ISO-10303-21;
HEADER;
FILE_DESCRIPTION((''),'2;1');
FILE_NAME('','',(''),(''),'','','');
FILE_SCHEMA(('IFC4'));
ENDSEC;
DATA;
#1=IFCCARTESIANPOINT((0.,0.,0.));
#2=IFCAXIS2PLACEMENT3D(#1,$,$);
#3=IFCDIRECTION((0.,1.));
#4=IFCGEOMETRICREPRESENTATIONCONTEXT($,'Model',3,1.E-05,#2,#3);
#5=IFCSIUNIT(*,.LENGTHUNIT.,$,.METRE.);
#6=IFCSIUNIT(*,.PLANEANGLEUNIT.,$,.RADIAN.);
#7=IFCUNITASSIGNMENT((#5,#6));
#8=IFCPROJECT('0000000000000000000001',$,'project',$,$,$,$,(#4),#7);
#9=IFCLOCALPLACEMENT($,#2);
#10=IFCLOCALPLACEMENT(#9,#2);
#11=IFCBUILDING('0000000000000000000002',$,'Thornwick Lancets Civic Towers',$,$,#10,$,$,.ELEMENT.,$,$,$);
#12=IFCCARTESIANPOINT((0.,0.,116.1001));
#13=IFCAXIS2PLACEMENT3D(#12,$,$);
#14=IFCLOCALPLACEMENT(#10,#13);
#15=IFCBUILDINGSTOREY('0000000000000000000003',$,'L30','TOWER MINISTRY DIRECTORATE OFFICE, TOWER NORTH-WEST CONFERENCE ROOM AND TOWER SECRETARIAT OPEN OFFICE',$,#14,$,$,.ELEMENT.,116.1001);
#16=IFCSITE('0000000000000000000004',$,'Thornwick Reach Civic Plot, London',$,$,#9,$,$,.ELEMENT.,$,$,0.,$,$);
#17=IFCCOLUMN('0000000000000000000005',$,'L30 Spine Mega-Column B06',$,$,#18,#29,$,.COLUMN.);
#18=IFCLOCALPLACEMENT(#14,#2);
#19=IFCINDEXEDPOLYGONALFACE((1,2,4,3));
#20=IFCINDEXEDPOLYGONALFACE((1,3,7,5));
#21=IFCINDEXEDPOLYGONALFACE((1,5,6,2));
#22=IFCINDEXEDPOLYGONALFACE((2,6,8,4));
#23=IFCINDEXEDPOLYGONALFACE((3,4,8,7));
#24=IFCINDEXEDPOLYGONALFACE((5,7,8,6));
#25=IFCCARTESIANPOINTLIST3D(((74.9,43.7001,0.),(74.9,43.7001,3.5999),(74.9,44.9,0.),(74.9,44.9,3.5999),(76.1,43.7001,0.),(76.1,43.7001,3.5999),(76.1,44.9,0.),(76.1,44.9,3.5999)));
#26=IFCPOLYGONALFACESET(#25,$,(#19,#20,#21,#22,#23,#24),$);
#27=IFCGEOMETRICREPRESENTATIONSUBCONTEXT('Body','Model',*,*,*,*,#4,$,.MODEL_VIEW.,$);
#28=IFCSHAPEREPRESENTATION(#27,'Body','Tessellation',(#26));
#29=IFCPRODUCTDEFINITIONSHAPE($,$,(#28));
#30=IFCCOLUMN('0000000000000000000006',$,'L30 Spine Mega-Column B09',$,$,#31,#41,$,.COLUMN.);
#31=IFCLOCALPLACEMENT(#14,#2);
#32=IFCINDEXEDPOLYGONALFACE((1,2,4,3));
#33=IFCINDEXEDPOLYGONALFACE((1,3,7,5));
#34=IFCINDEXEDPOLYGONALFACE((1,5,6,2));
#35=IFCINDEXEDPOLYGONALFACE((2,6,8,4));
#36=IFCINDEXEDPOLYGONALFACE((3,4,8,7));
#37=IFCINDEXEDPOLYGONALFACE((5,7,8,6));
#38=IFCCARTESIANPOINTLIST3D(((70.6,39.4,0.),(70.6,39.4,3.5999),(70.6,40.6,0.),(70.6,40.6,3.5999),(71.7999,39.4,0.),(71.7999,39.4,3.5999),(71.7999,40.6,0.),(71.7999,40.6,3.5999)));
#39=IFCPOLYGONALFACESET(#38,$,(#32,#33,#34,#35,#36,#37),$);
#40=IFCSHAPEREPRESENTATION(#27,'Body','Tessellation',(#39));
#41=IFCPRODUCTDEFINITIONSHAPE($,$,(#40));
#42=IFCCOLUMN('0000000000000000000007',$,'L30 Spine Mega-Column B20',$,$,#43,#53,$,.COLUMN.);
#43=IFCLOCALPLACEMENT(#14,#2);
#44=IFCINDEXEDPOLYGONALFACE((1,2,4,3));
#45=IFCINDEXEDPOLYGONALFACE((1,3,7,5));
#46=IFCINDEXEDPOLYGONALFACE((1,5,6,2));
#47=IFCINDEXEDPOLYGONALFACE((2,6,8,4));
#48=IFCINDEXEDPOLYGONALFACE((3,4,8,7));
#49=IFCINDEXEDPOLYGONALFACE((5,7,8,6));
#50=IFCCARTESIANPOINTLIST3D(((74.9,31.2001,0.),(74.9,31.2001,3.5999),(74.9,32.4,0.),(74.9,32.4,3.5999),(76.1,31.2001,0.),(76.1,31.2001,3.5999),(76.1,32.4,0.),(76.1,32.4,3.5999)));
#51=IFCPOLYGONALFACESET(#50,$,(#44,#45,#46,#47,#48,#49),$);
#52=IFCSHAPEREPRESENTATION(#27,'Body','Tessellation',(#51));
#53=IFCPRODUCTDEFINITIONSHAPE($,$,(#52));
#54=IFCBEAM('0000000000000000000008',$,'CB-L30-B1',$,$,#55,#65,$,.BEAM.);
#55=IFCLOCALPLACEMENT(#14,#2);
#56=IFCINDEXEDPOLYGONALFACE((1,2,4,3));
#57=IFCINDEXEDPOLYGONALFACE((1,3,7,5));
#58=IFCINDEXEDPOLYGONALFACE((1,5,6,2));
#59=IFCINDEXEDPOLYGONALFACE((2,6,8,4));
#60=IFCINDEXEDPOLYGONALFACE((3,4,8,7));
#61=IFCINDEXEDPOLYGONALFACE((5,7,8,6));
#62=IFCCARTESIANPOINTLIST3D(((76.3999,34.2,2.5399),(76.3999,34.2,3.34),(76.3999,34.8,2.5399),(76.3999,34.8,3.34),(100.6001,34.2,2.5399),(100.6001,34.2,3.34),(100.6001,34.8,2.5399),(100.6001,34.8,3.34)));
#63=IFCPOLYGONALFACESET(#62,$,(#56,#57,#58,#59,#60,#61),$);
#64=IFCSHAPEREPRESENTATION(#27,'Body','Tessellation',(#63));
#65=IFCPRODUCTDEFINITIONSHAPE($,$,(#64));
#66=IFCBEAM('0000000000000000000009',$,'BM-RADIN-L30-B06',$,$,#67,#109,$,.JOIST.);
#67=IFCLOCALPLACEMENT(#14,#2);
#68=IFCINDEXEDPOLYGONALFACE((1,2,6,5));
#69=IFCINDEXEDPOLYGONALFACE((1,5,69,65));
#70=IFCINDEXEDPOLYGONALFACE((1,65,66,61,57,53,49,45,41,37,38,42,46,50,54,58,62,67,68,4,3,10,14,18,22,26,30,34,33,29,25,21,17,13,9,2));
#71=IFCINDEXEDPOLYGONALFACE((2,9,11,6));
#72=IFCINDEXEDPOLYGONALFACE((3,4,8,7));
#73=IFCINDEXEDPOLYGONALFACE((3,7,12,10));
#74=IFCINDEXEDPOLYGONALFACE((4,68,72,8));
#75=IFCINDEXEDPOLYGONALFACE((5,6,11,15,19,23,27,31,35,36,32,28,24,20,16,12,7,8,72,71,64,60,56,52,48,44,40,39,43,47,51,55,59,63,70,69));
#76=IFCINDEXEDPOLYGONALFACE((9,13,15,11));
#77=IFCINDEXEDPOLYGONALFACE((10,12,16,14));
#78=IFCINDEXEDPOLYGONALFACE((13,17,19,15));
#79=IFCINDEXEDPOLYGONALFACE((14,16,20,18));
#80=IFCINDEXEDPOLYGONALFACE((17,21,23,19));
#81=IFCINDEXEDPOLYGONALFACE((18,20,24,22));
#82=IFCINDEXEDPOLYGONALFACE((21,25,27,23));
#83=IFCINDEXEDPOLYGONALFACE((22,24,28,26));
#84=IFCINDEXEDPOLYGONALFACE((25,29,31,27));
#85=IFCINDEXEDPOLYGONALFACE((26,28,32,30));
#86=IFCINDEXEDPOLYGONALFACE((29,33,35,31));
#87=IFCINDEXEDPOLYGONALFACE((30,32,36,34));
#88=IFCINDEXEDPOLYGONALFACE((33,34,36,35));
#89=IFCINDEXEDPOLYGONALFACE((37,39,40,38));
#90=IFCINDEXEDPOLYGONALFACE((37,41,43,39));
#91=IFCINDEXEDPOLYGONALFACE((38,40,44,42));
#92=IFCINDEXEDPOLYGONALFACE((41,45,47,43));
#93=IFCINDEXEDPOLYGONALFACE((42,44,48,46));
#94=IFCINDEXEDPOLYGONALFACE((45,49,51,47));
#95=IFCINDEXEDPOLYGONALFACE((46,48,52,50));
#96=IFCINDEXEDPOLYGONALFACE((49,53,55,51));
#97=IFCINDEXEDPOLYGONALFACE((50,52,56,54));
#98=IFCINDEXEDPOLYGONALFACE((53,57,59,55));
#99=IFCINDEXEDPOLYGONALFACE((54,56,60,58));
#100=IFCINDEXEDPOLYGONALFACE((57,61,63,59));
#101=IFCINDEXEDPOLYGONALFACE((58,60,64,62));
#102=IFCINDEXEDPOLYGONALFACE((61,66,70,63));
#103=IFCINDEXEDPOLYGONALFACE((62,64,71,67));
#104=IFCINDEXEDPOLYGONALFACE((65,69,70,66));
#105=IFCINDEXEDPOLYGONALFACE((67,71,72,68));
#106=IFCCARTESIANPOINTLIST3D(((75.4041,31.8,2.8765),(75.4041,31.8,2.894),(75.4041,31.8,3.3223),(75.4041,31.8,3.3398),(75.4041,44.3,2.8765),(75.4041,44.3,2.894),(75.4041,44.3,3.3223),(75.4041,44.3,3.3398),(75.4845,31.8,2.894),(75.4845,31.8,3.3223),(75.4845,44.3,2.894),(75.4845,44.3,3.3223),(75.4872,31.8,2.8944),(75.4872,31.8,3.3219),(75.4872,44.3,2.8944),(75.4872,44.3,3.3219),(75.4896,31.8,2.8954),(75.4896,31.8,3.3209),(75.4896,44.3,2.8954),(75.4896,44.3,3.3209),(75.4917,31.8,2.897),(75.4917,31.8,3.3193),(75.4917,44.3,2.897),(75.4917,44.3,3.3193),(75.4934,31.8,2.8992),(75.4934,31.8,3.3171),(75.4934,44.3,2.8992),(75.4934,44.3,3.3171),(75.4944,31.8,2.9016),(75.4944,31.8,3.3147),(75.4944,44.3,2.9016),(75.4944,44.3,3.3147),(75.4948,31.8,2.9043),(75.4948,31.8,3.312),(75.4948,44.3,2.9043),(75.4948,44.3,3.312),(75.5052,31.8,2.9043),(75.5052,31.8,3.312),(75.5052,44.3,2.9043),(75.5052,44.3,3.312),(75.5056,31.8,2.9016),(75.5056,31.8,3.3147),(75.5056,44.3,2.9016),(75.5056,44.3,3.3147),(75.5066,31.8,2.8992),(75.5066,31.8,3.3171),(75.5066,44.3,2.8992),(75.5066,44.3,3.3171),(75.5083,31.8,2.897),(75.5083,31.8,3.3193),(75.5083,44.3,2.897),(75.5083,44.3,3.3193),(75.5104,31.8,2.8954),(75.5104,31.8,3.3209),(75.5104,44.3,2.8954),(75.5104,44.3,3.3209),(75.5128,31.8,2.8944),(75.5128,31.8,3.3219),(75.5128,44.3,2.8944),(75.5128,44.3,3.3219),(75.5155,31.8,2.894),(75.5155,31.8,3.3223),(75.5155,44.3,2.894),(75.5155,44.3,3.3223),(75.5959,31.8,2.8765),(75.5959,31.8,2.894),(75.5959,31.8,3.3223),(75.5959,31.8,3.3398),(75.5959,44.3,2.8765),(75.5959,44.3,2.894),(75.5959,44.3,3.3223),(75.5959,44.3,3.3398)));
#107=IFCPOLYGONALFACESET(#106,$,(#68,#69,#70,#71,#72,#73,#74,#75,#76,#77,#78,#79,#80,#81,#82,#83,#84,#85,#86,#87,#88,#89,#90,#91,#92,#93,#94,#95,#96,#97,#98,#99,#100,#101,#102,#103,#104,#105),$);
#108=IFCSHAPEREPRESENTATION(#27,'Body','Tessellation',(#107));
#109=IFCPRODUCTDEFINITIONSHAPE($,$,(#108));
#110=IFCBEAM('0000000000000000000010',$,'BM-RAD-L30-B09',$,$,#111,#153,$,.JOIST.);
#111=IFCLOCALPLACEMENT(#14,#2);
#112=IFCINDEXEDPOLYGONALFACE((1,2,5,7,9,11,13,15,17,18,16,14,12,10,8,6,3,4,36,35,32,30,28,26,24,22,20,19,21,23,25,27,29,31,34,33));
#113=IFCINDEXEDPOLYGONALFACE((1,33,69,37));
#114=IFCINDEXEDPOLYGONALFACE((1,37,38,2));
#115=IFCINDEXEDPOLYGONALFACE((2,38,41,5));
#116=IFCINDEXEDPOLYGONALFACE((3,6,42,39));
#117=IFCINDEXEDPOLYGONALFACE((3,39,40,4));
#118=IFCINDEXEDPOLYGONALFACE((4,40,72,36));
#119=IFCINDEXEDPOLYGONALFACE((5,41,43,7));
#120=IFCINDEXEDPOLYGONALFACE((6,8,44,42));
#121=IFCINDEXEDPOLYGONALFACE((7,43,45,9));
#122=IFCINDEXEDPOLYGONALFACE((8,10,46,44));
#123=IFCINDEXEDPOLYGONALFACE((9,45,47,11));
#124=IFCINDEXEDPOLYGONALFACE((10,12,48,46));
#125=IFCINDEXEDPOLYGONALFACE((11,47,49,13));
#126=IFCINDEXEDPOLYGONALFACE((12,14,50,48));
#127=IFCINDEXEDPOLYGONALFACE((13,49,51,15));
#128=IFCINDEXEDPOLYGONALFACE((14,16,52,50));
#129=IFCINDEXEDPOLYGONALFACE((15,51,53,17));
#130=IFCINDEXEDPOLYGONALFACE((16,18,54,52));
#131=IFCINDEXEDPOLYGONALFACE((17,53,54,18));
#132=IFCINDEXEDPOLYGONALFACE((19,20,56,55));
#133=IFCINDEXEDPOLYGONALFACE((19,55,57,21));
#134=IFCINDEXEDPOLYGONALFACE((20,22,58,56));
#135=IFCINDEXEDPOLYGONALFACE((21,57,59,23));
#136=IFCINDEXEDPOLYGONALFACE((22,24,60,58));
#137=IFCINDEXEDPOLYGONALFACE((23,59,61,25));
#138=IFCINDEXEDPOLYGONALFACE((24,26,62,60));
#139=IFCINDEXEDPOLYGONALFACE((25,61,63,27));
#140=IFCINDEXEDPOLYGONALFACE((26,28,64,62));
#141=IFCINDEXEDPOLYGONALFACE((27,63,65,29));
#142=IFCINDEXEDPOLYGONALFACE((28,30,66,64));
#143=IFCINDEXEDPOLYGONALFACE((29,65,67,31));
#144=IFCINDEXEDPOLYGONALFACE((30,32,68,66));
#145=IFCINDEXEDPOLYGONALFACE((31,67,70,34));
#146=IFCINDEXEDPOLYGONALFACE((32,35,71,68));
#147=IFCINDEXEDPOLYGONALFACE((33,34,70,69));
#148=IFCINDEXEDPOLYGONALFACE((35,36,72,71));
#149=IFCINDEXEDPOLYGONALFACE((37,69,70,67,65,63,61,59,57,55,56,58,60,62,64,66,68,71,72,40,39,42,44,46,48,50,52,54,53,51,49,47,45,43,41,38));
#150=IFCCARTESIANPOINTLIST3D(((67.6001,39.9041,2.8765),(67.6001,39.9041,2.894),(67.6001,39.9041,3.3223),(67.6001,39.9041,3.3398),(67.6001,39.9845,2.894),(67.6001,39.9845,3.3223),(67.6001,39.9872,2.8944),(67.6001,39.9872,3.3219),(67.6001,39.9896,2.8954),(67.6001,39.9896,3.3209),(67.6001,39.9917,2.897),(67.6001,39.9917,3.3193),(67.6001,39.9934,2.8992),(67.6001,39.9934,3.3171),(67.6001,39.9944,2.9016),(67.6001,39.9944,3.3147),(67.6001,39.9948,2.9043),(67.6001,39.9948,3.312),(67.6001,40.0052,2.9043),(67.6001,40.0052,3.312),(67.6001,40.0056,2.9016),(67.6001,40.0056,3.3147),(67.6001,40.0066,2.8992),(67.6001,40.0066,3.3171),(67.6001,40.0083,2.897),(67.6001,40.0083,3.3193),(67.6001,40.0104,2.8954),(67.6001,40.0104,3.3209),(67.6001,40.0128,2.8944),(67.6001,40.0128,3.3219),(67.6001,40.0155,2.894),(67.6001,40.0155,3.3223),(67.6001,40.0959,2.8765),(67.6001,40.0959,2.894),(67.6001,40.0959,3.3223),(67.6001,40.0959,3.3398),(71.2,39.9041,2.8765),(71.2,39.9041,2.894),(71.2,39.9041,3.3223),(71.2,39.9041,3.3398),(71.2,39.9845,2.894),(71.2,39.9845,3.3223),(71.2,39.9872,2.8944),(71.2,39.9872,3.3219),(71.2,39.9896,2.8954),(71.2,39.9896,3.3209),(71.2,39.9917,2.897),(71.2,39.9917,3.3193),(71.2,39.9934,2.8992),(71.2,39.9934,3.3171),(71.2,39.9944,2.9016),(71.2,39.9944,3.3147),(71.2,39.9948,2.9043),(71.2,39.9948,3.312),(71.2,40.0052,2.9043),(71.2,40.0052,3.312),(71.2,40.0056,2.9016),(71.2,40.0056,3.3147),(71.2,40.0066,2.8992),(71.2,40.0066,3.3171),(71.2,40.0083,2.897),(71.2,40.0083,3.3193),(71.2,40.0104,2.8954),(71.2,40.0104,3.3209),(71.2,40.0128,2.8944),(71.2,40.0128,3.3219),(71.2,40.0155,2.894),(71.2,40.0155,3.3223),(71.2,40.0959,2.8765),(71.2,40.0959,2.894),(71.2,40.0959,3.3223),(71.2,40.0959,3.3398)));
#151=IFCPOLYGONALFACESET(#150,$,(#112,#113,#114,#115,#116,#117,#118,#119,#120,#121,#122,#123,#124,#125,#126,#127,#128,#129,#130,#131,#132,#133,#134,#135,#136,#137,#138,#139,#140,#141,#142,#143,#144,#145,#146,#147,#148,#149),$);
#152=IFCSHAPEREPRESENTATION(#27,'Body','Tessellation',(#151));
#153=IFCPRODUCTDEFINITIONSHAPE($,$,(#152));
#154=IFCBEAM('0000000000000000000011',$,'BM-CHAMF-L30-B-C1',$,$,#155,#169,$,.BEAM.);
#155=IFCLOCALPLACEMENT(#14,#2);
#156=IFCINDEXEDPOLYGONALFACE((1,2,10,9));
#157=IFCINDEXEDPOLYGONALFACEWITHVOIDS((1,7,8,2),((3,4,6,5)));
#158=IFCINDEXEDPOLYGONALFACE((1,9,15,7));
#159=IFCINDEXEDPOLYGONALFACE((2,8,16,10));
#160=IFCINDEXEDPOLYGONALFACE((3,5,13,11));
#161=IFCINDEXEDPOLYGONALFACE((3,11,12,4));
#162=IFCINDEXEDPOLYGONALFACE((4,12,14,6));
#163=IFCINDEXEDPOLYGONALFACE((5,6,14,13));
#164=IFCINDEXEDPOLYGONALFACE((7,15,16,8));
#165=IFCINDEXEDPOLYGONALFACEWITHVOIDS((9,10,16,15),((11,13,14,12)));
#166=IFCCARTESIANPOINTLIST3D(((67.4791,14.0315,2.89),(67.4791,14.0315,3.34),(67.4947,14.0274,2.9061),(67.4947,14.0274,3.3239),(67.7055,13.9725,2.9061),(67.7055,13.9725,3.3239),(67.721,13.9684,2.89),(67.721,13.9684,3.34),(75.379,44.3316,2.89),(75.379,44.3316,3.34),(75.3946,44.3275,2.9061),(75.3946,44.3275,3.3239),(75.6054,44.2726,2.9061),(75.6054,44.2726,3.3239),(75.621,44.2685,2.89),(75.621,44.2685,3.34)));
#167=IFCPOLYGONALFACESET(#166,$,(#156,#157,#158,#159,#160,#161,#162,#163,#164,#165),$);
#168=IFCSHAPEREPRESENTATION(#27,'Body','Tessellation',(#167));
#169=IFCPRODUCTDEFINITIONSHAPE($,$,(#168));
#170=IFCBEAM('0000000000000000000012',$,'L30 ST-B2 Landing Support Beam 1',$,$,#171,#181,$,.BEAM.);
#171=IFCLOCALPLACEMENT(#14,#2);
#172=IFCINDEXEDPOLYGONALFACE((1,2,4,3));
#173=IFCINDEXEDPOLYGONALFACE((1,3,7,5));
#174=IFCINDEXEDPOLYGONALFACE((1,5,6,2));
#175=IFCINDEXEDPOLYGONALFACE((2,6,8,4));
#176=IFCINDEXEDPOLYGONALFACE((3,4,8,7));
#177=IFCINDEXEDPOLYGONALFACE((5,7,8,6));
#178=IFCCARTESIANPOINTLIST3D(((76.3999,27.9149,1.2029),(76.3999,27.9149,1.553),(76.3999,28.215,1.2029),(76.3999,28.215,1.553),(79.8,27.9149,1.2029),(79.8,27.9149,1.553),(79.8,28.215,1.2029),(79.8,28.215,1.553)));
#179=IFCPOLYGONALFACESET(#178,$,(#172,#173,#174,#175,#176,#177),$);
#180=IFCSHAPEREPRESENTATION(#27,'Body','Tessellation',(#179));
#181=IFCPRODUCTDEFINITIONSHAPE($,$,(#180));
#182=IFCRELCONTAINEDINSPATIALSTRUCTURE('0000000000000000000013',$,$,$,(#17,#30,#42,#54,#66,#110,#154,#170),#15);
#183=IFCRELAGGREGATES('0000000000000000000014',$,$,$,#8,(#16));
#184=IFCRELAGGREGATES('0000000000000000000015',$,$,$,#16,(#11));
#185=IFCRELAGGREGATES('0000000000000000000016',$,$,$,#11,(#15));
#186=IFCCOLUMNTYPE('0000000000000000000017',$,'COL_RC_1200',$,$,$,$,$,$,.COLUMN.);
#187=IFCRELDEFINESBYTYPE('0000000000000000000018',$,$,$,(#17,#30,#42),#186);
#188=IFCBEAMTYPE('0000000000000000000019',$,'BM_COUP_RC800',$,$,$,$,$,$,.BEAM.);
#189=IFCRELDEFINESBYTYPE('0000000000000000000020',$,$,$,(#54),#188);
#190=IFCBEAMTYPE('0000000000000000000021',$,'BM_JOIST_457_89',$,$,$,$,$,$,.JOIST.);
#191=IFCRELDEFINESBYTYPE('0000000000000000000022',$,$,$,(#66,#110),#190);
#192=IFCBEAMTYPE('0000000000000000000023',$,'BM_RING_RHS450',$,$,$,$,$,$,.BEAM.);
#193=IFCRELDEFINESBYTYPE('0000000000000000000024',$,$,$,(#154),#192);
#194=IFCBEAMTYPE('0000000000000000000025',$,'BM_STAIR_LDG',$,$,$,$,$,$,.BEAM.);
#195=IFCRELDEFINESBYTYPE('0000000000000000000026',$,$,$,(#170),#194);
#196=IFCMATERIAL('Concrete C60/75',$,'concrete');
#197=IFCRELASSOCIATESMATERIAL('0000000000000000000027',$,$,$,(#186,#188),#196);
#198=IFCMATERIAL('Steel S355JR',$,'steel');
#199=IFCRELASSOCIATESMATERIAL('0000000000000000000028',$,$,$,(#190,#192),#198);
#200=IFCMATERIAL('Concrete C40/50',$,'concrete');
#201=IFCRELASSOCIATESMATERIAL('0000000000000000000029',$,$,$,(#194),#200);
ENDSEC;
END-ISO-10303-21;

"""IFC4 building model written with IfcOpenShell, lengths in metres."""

from ifc_helpers import new_model, si_unit, direction, frame, origin, origin_2d, place, context, subcontext, project, spatial, rectangle, hollow_rectangle, i_section, extrude, material, material_profile, profile_set, type_object, element, save


model = new_model("IFC4")

# Units and contexts
model_context = context("Model", 3, precision=1e-05, world=origin(), true_north=direction((0.0, 1.0)))
body_context = subcontext(model_context, "Body", "Model", "MODEL_VIEW")
ifc_project = project(units=[si_unit("LENGTHUNIT", "METRE"), si_unit("PLANEANGLEUNIT", "RADIAN")], contexts=[model_context])

# Site, building, storey
site_placement = place(None, origin())
site = spatial("IfcSite", under=ifc_project, at=site_placement, Name="Thornwick Reach Civic Plot, London", CompositionType="ELEMENT", RefElevation=0.0)
building_placement = place(site_placement, origin())
building = spatial("IfcBuilding", under=site, at=building_placement, Name="Thornwick Lancets Civic Towers", CompositionType="ELEMENT")
storey_placement = place(building_placement, frame((0.0, 0.0, 116.1001)))
storey = spatial("IfcBuildingStorey", under=building, at=storey_placement, Name="L30", Description="TOWER MINISTRY DIRECTORATE OFFICE, TOWER NORTH-WEST CONFERENCE ROOM AND TOWER SECRETARIAT OPEN OFFICE", CompositionType="ELEMENT", Elevation=116.1001)

# Columns
ifc_material_1 = material(Name="Concrete C60/75", Category="concrete")
ifc_material_profile_1 = material_profile(ifc_material_1, rectangle(XDim=1.2, YDim=1.2, at=origin_2d()), Name="RC 1200x1200")
ifc_profile_set_1 = profile_set([ifc_material_profile_1], Name="Concrete C60/75")
column_type = type_object("IfcColumnType", Name="COL_RC_1200", PredefinedType="COLUMN", material=ifc_profile_set_1)
for number, where, z_axis, x_axis, name in (
    (1, (75.5, 44.3, 0.0), (0.0, 0.0, 1.0), (1.0, 0.0, 0.0), "L30 Spine Mega-Column B06"),
    (2, (71.2, 40.0, 0.0), (0.0, 0.0, 1.0), (1.0, 0.0, 0.0), "L30 Spine Mega-Column B09"),
    (3, (75.5, 31.8, 0.0), (0.0, 0.0, 1.0), (1.0, 0.0, 0.0), "L30 Spine Mega-Column B20"),
):
    element("IfcColumn", number, at=place(storey_placement, frame(where, z_axis=z_axis, x_axis=x_axis)), inside=storey, type_object=column_type, Name=name, PredefinedType="COLUMN", context=body_context, shape_type="SweptSolid", body=[
        extrude(rectangle(XDim=1.2, YDim=1.2, at=origin_2d()), origin(), (0.0, 0.0, 1.0), 3.5999),
    ])

# Beams
ifc_material_profile_2 = material_profile(ifc_material_1, rectangle(XDim=0.6001, YDim=0.8, at=origin_2d()), Name="RC 600x800")
ifc_profile_set_2 = profile_set([ifc_material_profile_2], Name="Concrete C60/75")
beam_type_1 = type_object("IfcBeamType", Name="BM_COUP_RC800", PredefinedType="BEAM", material=ifc_profile_set_2)
beam_1_placement = place(storey_placement, frame((76.3999, 34.5, 2.9399), z_axis=(1.0, 0.0, 0.0), x_axis=(0.0, 1.0, 0.0)))
element("IfcBeam", 4, at=beam_1_placement, inside=storey, type_object=beam_type_1, Name="CB-L30-B1", PredefinedType="BEAM", context=body_context, shape_type="SweptSolid", body=[
    extrude(rectangle(XDim=0.6001, YDim=0.8, at=origin_2d()), origin(), (0.0, 0.0, 1.0), 24.2002),
])
ifc_material_2 = material(Name="Steel S355JR", Category="steel")
ifc_material_profile_3 = material_profile(ifc_material_2, i_section(OverallWidth=0.1919, OverallDepth=0.4634, WebThickness=0.0105, FlangeThickness=0.0176, FilletRadius=0.0103, at=origin_2d()), Name="UKB 457x191x89")
ifc_profile_set_3 = profile_set([ifc_material_profile_3], Name="Steel S355JR")
beam_type_2 = type_object("IfcBeamType", Name="BM_JOIST_457_89", PredefinedType="JOIST", material=ifc_profile_set_3)
beam_2_placement = place(storey_placement, frame((75.5, 31.8, 3.1082), z_axis=(0.0, 1.0, 0.0), x_axis=(-1.0, 0.0, 0.0)))
element("IfcBeam", 5, at=beam_2_placement, inside=storey, type_object=beam_type_2, Name="BM-RADIN-L30-B06", PredefinedType="JOIST", context=body_context, shape_type="SweptSolid", body=[
    extrude(i_section(OverallWidth=0.1919, OverallDepth=0.4634, WebThickness=0.0105, FlangeThickness=0.0176, FilletRadius=0.0103, at=origin_2d()), origin(), (0.0, 0.0, 1.0), 12.5),
])
beam_3_placement = place(storey_placement, frame((71.2, 40.0, 3.1082), z_axis=(-1.0, 0.0, 0.0), x_axis=(0.0, -1.0, 0.0)))
element("IfcBeam", 6, at=beam_3_placement, inside=storey, type_object=beam_type_2, Name="BM-RAD-L30-B09", PredefinedType="JOIST", context=body_context, shape_type="SweptSolid", body=[
    extrude(i_section(OverallWidth=0.1919, OverallDepth=0.4634, WebThickness=0.0105, FlangeThickness=0.0176, FilletRadius=0.0103, at=origin_2d()), origin(), (0.0, 0.0, 1.0), 3.5999),
])
ifc_material_profile_4 = material_profile(ifc_material_2, hollow_rectangle(XDim=0.25, YDim=0.45, WallThickness=0.0161, at=origin_2d()), Name="RHS 450x250x16")
ifc_profile_set_4 = profile_set([ifc_material_profile_4], Name="Steel S355JR")
beam_type_3 = type_object("IfcBeamType", Name="BM_RING_RHS450", PredefinedType="BEAM", material=ifc_profile_set_4)
beam_4_placement = place(storey_placement, frame((75.5, 44.3, 3.115), z_axis=(-0.252289, -0.967652, 0.0), x_axis=(0.967652, -0.252289, 0.0)))
element("IfcBeam", 7, at=beam_4_placement, inside=storey, type_object=beam_type_3, Name="BM-CHAMF-L30-B-C1", PredefinedType="BEAM", context=body_context, shape_type="SweptSolid", body=[
    extrude(hollow_rectangle(XDim=0.25, YDim=0.45, WallThickness=0.0161, at=origin_2d()), origin(), (0.0, 0.0, 1.0), 31.313),
])
ifc_material_3 = material(Name="Concrete C40/50", Category="concrete")
ifc_material_profile_5 = material_profile(ifc_material_3, rectangle(XDim=0.3, YDim=0.3501, at=origin_2d()), Name="RC 300x350")
ifc_profile_set_5 = profile_set([ifc_material_profile_5], Name="Concrete C40/50")
beam_type_4 = type_object("IfcBeamType", Name="BM_STAIR_LDG", PredefinedType="BEAM", material=ifc_profile_set_5)
beam_5_placement = place(storey_placement, frame((76.3999, 28.0649, 1.3779), z_axis=(1.0, 0.0, 0.0), x_axis=(0.0, 1.0, 0.0)))
element("IfcBeam", 8, at=beam_5_placement, inside=storey, type_object=beam_type_4, Name="L30 ST-B2 Landing Support Beam 1", PredefinedType="BEAM", context=body_context, shape_type="SweptSolid", body=[
    extrude(rectangle(XDim=0.3, YDim=0.3501, at=origin_2d()), origin(), (0.0, 0.0, 1.0), 3.4001),
])

save(model, "model.ifc")
